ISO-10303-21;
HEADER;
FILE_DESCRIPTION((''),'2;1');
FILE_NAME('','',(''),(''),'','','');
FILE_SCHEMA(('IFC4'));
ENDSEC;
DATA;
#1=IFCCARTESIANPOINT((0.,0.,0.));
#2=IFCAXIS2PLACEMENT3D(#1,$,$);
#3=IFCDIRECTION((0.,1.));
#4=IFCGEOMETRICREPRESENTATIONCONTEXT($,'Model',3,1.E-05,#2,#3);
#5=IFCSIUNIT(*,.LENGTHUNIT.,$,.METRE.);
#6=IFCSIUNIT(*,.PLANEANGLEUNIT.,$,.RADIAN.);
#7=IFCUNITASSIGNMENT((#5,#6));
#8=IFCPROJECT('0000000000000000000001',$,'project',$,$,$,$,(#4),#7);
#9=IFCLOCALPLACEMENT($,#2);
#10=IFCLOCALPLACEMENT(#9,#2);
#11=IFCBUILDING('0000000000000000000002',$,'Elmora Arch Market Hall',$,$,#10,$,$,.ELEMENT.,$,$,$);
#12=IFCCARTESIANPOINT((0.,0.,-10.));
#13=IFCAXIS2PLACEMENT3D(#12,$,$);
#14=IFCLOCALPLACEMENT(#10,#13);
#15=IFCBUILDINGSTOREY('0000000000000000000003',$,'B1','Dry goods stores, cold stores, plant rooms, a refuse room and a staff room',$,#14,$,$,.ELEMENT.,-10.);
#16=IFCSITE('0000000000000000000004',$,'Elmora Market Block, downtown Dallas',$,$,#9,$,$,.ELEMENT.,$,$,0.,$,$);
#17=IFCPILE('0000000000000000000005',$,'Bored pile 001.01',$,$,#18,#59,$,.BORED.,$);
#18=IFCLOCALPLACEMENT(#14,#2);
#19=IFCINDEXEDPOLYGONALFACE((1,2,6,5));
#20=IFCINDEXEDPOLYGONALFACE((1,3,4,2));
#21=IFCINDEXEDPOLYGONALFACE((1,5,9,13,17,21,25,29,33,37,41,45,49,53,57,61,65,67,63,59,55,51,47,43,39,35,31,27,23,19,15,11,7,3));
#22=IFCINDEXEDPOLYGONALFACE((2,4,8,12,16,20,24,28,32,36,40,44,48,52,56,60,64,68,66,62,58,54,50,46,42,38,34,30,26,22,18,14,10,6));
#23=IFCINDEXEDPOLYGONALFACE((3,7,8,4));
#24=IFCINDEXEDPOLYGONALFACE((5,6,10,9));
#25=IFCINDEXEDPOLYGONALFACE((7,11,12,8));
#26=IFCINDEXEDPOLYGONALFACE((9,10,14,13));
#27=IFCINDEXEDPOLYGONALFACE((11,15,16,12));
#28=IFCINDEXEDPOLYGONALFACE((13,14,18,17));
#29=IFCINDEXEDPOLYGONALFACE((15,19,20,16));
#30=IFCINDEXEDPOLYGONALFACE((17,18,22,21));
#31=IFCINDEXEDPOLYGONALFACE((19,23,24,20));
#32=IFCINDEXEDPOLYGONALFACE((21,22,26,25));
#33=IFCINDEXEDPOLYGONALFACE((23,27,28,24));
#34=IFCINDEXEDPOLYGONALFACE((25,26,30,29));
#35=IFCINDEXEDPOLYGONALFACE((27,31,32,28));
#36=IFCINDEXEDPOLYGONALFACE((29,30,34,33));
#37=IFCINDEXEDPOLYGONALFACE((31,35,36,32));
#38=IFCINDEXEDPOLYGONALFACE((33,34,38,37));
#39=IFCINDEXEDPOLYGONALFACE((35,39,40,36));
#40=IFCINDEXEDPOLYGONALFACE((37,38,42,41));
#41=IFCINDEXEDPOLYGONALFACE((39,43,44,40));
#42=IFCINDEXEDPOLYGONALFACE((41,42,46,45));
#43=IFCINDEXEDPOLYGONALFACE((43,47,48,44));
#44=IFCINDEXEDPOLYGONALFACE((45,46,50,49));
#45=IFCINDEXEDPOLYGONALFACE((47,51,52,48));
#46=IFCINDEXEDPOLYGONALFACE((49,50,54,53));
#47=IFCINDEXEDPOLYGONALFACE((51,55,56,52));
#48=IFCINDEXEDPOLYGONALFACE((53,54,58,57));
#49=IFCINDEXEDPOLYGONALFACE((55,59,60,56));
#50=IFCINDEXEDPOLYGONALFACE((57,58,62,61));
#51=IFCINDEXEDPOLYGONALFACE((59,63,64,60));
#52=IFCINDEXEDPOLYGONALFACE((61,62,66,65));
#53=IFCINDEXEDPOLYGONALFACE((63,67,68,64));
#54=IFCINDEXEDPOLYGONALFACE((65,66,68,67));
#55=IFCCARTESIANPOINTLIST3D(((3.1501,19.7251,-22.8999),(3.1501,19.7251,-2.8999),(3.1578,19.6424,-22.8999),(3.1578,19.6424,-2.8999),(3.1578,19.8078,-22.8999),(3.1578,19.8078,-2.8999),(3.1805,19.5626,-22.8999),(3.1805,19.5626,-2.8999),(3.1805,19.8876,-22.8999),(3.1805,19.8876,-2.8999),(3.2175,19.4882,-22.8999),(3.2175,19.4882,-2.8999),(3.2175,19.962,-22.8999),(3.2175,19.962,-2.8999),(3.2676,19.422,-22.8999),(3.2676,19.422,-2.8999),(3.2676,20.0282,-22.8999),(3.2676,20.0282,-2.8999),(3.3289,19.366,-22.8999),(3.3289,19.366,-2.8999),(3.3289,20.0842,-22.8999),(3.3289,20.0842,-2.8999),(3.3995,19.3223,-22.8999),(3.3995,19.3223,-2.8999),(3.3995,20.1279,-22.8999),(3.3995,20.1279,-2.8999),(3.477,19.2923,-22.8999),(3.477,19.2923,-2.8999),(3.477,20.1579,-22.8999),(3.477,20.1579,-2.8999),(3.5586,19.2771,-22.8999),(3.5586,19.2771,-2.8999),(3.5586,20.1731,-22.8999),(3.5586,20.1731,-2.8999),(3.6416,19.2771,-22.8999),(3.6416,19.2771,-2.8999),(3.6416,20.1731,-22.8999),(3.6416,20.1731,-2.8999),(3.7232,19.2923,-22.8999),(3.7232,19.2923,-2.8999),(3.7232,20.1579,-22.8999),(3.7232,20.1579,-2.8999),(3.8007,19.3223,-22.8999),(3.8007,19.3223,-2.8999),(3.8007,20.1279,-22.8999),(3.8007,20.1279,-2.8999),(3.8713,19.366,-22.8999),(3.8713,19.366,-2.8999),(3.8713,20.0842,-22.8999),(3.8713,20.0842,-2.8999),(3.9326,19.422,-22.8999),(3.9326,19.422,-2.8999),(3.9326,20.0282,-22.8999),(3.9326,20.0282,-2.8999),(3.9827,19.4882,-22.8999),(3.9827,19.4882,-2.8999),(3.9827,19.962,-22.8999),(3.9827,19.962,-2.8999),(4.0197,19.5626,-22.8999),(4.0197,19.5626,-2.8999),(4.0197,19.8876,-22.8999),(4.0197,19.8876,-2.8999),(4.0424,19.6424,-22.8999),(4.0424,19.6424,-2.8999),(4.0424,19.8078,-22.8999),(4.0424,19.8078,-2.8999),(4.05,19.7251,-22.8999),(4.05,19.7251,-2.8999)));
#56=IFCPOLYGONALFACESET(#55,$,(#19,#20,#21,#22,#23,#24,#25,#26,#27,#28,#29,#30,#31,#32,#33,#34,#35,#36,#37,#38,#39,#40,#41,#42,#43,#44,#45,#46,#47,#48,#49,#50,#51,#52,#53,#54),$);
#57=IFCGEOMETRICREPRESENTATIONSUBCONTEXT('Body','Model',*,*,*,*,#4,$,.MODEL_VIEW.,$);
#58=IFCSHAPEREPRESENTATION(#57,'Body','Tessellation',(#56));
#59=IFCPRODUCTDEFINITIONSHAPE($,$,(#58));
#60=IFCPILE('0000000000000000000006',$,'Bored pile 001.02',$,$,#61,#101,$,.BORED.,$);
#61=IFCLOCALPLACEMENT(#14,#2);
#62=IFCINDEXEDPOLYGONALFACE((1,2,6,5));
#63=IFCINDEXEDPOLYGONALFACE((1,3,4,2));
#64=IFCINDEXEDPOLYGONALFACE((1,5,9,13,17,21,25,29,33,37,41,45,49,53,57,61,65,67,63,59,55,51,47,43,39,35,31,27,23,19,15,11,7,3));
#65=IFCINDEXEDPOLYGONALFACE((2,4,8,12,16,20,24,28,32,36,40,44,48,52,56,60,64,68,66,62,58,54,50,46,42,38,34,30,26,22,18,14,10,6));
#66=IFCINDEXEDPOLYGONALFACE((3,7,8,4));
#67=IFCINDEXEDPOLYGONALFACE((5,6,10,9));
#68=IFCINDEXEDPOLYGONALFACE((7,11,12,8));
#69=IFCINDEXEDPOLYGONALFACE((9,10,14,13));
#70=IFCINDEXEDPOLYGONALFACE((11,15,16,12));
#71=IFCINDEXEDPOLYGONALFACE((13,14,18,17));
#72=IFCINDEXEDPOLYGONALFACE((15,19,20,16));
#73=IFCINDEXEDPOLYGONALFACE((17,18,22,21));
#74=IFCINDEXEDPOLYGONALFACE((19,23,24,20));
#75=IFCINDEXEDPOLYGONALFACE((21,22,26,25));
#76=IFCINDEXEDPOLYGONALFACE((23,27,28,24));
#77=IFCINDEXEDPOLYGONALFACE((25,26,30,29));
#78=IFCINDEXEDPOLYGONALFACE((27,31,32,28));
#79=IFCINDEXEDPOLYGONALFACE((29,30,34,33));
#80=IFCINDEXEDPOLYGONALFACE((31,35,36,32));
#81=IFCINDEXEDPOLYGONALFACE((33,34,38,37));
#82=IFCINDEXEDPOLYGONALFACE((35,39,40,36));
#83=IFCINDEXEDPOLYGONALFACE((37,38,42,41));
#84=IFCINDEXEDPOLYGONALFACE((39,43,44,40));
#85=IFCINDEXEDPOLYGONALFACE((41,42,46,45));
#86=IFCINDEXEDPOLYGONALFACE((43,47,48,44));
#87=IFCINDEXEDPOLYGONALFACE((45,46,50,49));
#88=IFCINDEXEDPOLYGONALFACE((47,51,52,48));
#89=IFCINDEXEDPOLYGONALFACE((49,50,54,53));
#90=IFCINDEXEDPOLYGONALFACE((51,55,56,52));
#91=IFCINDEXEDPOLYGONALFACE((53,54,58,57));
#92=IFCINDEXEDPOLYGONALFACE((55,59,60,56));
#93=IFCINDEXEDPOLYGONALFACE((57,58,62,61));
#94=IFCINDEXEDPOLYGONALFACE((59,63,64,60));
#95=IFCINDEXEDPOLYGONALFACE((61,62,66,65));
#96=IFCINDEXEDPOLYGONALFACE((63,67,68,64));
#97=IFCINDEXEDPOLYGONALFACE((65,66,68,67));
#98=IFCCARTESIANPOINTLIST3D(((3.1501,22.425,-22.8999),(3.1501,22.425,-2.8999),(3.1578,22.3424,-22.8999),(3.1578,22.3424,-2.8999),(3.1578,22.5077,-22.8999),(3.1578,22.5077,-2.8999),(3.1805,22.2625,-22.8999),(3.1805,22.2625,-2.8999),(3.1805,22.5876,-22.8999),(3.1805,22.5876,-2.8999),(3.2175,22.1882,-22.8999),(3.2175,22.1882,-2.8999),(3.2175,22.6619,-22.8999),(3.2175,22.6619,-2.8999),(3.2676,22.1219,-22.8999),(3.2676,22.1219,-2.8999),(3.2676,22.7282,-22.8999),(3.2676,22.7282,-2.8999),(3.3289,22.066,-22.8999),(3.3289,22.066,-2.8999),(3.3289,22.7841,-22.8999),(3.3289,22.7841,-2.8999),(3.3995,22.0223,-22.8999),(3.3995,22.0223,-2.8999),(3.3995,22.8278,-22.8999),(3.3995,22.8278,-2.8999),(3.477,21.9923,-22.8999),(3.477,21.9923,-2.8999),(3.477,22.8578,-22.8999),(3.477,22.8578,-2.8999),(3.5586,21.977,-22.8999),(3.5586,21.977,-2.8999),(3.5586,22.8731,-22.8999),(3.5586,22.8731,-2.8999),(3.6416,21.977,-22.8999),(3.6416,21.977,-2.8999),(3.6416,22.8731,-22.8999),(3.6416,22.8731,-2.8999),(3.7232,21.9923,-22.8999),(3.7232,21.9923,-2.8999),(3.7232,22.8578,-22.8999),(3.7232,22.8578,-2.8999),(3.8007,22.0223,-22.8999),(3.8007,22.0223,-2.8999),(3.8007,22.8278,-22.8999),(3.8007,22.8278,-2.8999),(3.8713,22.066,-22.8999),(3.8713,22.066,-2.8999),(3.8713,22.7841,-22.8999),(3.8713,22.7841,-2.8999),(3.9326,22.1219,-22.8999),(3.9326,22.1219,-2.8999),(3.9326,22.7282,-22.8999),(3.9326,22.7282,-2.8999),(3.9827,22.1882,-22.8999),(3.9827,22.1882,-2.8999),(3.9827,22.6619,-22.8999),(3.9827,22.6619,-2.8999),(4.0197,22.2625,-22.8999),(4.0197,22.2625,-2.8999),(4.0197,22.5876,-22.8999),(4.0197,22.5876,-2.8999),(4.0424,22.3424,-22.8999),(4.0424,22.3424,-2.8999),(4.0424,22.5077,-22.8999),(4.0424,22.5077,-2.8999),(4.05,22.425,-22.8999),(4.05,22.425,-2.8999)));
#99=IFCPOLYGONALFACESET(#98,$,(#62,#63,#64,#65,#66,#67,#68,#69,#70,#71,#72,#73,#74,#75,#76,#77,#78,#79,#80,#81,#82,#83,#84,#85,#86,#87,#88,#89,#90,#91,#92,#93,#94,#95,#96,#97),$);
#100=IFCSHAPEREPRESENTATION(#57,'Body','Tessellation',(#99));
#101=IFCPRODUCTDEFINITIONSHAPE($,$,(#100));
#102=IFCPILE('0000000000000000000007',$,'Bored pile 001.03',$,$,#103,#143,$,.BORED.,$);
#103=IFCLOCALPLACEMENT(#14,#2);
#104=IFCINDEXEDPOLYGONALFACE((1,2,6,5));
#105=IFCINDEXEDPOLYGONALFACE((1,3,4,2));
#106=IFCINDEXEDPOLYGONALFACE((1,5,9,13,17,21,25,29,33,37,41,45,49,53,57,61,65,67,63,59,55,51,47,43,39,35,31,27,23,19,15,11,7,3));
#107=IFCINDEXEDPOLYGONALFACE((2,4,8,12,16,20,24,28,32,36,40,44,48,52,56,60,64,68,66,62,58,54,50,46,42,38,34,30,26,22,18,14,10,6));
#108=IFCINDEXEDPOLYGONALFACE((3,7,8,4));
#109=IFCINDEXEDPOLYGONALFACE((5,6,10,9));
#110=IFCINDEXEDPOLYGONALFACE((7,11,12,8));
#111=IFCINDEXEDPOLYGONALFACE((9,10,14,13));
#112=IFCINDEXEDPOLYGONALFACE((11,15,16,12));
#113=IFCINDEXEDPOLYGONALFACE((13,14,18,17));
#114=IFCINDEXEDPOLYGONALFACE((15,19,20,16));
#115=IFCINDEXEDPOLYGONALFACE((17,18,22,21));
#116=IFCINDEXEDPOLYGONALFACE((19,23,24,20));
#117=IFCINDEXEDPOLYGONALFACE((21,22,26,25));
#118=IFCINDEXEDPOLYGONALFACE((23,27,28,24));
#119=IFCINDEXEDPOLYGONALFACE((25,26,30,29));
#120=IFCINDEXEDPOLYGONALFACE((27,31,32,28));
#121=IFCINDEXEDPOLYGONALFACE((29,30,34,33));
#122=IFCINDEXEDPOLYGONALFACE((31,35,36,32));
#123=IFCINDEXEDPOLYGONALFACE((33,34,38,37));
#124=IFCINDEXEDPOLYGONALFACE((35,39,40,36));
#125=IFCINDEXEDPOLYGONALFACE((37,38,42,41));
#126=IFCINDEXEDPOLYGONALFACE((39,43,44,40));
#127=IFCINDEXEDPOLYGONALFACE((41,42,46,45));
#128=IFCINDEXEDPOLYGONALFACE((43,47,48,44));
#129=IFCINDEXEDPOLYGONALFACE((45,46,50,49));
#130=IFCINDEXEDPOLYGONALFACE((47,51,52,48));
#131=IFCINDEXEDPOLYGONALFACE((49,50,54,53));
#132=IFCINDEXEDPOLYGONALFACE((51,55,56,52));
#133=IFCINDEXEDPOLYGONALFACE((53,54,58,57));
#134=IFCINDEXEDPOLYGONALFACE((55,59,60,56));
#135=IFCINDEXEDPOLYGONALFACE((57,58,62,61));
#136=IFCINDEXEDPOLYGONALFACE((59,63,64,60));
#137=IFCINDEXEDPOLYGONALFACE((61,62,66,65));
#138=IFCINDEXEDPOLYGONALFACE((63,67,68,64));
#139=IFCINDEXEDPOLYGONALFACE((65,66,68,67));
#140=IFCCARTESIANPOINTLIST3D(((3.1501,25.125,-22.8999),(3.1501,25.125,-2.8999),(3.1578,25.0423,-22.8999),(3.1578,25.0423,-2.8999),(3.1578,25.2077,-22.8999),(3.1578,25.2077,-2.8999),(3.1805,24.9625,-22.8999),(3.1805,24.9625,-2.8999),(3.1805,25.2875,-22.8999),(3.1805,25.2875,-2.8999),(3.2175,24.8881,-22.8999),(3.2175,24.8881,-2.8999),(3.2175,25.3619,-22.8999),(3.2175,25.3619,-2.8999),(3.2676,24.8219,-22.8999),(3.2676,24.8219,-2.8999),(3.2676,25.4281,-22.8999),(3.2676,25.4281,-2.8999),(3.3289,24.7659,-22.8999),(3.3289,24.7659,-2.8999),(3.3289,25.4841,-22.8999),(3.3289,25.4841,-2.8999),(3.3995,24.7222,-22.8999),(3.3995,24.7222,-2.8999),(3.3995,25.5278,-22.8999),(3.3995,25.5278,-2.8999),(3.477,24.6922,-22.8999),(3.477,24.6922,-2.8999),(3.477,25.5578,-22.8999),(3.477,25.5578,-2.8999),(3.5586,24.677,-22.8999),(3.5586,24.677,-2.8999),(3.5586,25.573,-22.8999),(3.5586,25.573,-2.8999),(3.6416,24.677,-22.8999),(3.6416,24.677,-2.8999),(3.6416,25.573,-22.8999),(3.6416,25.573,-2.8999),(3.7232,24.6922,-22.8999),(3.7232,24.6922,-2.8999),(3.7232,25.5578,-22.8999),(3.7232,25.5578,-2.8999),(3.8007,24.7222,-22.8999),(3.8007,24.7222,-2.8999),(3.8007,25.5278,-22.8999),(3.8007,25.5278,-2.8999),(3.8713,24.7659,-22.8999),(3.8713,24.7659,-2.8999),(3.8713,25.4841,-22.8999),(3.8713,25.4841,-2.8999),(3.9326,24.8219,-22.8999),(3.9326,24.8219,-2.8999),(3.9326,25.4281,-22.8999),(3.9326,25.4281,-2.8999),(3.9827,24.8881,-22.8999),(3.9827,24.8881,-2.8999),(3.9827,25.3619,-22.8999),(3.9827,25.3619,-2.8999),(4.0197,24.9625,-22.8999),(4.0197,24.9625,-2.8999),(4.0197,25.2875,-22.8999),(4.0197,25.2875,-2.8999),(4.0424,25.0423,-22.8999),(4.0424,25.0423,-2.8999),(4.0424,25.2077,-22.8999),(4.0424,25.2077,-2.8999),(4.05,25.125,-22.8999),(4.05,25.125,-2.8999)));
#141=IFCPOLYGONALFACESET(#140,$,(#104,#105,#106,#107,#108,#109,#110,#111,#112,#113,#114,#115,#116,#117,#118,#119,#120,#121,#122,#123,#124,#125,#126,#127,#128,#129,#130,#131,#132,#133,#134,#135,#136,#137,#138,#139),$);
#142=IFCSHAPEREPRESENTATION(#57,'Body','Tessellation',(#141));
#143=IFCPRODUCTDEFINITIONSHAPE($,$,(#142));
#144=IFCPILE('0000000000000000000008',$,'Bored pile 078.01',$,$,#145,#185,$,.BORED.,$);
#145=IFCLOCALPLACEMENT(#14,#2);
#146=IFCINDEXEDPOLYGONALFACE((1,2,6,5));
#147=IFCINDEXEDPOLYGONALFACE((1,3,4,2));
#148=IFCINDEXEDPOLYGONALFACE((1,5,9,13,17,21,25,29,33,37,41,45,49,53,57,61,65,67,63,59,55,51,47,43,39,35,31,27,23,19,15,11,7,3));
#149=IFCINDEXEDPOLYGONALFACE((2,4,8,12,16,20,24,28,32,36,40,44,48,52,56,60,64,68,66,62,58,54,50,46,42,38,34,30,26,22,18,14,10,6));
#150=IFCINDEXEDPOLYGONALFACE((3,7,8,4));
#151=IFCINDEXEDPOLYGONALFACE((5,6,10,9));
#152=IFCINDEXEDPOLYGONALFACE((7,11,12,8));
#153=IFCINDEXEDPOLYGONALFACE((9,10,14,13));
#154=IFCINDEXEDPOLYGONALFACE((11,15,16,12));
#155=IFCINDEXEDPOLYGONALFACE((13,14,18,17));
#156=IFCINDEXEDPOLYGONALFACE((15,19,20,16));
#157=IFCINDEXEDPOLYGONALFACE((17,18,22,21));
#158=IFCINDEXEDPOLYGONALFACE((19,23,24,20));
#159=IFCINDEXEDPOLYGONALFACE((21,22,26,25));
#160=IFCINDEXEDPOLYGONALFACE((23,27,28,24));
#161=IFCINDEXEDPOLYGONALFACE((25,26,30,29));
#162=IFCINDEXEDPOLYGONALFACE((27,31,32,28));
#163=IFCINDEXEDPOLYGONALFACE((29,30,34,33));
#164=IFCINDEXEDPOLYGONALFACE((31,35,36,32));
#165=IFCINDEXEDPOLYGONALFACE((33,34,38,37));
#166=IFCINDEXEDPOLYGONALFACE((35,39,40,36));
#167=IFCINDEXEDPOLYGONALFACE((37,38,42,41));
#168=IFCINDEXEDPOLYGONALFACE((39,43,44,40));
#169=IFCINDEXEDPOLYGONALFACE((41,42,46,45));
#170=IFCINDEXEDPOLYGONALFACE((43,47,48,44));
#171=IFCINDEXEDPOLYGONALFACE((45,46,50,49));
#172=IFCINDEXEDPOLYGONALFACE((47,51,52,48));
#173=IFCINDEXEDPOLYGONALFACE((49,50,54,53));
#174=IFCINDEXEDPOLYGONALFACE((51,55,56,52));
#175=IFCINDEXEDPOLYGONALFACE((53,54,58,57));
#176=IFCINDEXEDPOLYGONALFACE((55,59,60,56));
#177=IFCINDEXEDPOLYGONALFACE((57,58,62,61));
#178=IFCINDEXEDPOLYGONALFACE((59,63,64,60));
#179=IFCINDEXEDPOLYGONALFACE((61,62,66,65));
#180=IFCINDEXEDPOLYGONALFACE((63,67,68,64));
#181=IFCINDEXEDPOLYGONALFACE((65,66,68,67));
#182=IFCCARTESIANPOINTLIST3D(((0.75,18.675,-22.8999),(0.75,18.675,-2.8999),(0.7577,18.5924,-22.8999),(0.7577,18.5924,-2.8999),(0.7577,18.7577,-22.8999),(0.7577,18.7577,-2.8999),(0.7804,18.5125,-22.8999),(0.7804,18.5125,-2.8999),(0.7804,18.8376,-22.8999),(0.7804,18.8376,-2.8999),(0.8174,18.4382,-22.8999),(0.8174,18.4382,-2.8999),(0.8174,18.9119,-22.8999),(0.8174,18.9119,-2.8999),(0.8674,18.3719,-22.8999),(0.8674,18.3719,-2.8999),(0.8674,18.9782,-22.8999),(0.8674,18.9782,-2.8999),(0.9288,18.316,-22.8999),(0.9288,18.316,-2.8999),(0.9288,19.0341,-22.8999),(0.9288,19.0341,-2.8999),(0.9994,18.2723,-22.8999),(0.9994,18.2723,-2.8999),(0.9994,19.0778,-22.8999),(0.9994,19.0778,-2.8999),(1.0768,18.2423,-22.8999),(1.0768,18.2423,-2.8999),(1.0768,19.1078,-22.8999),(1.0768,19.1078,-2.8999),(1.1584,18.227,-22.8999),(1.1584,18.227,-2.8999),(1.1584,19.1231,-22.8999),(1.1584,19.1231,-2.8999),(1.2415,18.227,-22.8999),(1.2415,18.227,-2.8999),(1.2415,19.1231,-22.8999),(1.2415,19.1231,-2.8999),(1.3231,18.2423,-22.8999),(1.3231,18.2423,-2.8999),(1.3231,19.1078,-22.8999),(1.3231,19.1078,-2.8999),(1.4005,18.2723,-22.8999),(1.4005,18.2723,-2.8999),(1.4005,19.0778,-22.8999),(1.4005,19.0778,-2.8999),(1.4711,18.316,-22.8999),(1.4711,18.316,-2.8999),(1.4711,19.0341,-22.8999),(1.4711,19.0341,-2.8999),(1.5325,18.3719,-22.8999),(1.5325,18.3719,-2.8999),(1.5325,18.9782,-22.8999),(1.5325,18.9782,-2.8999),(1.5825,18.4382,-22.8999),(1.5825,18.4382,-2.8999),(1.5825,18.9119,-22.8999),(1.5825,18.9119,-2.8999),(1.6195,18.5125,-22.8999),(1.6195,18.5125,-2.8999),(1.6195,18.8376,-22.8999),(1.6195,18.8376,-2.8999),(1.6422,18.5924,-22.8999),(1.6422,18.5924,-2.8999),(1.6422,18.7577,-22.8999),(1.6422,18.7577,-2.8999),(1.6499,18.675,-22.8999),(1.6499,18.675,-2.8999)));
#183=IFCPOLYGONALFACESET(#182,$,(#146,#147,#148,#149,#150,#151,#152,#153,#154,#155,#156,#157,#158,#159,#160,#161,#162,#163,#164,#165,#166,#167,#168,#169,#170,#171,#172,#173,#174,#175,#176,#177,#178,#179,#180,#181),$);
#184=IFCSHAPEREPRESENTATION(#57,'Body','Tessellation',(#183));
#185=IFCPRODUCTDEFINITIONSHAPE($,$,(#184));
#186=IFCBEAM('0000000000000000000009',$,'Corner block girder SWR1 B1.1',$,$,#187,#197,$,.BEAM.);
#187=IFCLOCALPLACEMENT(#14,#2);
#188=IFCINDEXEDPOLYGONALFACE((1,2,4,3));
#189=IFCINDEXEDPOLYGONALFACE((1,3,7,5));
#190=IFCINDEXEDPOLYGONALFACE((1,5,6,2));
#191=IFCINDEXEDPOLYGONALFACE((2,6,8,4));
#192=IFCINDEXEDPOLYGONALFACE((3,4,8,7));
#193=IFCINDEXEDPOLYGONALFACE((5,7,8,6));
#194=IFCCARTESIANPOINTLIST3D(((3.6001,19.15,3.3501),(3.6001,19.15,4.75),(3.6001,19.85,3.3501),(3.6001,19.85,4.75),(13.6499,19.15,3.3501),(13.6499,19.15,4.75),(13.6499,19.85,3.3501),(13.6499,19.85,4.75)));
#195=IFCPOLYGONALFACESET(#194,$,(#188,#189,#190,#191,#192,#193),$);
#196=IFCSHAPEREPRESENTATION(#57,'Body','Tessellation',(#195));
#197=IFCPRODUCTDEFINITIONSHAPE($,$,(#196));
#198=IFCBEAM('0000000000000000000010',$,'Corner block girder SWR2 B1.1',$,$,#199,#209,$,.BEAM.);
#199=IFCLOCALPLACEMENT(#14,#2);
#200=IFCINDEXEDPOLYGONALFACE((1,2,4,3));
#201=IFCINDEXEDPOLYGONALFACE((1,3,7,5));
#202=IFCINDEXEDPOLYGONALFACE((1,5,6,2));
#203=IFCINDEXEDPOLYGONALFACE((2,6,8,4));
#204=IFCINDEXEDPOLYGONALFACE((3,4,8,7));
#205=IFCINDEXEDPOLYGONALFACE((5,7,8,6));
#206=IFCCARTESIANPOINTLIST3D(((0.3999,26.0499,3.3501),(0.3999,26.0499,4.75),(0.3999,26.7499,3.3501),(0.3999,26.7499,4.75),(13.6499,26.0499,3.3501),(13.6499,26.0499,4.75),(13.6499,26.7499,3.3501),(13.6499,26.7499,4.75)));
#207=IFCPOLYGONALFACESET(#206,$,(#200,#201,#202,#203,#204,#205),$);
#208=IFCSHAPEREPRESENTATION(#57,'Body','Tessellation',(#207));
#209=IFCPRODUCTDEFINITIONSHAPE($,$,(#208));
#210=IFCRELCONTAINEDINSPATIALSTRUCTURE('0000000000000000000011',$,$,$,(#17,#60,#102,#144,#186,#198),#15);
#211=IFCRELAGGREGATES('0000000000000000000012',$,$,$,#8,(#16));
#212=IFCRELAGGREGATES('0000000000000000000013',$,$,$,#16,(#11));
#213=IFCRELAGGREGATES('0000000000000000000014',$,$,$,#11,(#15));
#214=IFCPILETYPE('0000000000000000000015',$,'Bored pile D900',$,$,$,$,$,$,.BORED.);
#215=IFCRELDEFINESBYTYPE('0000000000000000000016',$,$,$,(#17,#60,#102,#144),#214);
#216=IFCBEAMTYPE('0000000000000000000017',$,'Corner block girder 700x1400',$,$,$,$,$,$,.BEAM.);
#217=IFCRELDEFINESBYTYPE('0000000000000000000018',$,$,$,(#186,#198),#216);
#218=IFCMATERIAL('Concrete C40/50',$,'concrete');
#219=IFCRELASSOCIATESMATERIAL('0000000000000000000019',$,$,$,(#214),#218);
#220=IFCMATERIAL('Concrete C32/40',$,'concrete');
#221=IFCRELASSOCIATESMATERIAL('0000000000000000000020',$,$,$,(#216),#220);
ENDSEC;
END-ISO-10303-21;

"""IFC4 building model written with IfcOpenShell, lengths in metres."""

from ifc_helpers import new_model, si_unit, direction, frame, origin, origin_2d, place, context, subcontext, project, spatial, rectangle, circle, extrude, material, material_profile, profile_set, type_object, element, save


model = new_model("IFC4")

# Units and contexts
model_context = context("Model", 3, precision=1e-05, world=origin(), true_north=direction((0.0, 1.0)))
body_context = subcontext(model_context, "Body", "Model", "MODEL_VIEW")
ifc_project = project(units=[si_unit("LENGTHUNIT", "METRE"), si_unit("PLANEANGLEUNIT", "RADIAN")], contexts=[model_context])

# Site, building, storey
site_placement = place(None, origin())
site = spatial("IfcSite", under=ifc_project, at=site_placement, Name="Elmora Market Block, downtown Dallas", CompositionType="ELEMENT", RefElevation=0.0)
building_placement = place(site_placement, origin())
building = spatial("IfcBuilding", under=site, at=building_placement, Name="Elmora Arch Market Hall", CompositionType="ELEMENT")
storey_placement = place(building_placement, frame((0.0, 0.0, -10.0)))
storey = spatial("IfcBuildingStorey", under=building, at=storey_placement, Name="B1", Description="Dry goods stores, cold stores, plant rooms, a refuse room and a staff room", CompositionType="ELEMENT", Elevation=-10.0)

# Piles
ifc_material_1 = material(Name="Concrete C40/50", Category="concrete")
ifc_material_profile_1 = material_profile(ifc_material_1, circle(Radius=0.45, at=origin_2d()), Name="Bored pile D900")
ifc_profile_set_1 = profile_set([ifc_material_profile_1], Name="Concrete C40/50")
pile_type = type_object("IfcPileType", Name="Bored pile D900", PredefinedType="BORED", material=ifc_profile_set_1)
for number, where, z_axis, x_axis, name in (
    (1, (3.6001, 19.7251, -2.8999), (0.0, 0.0, -1.0), (1.0, 0.0, 0.0), "Bored pile 001.01"),
    (2, (3.6001, 22.425, -2.8999), (0.0, 0.0, -1.0), (1.0, 0.0, 0.0), "Bored pile 001.02"),
    (3, (3.6001, 25.125, -2.8999), (0.0, 0.0, -1.0), (1.0, 0.0, 0.0), "Bored pile 001.03"),
    (4, (1.2, 18.675, -2.8999), (0.0, 0.0, -1.0), (1.0, 0.0, 0.0), "Bored pile 078.01"),
):
    element("IfcPile", number, at=place(storey_placement, frame(where, z_axis=z_axis, x_axis=x_axis)), inside=storey, type_object=pile_type, Name=name, PredefinedType="BORED", context=body_context, shape_type="SweptSolid", body=[
        extrude(circle(Radius=0.45, at=origin_2d()), origin(), (0.0, 0.0, 1.0), 20.0),
    ])

# Beams
ifc_material_2 = material(Name="Concrete C32/40", Category="concrete")
ifc_material_profile_2 = material_profile(ifc_material_2, rectangle(XDim=0.7, YDim=1.3999, at=origin_2d()), Name="Corner block girder 700x1400")
ifc_profile_set_2 = profile_set([ifc_material_profile_2], Name="Concrete C32/40")
beam_type_1 = type_object("IfcBeamType", Name="Corner block girder 700x1400", PredefinedType="BEAM", material=ifc_profile_set_2)
beam_1_placement = place(storey_placement, frame((3.6001, 19.5, 4.05), z_axis=(1.0, 0.0, 0.0), x_axis=(0.0, 1.0, 0.0)))
element("IfcBeam", 5, at=beam_1_placement, inside=storey, type_object=beam_type_1, Name="Corner block girder SWR1 B1.1", PredefinedType="BEAM", context=body_context, shape_type="SweptSolid", body=[
    extrude(rectangle(XDim=0.7, YDim=1.3999, at=origin_2d()), origin(), (0.0, 0.0, 1.0), 10.0498),
])
beam_2_placement = place(storey_placement, frame((0.3999, 26.3999, 4.05), z_axis=(1.0, 0.0, 0.0), x_axis=(0.0, 1.0, 0.0)))
element("IfcBeam", 6, at=beam_2_placement, inside=storey, type_object=beam_type_1, Name="Corner block girder SWR2 B1.1", PredefinedType="BEAM", context=body_context, shape_type="SweptSolid", body=[
    extrude(rectangle(XDim=0.7, YDim=1.3999, at=origin_2d()), origin(), (0.0, 0.0, 1.0), 13.25),
])

save(model, "model.ifc")
